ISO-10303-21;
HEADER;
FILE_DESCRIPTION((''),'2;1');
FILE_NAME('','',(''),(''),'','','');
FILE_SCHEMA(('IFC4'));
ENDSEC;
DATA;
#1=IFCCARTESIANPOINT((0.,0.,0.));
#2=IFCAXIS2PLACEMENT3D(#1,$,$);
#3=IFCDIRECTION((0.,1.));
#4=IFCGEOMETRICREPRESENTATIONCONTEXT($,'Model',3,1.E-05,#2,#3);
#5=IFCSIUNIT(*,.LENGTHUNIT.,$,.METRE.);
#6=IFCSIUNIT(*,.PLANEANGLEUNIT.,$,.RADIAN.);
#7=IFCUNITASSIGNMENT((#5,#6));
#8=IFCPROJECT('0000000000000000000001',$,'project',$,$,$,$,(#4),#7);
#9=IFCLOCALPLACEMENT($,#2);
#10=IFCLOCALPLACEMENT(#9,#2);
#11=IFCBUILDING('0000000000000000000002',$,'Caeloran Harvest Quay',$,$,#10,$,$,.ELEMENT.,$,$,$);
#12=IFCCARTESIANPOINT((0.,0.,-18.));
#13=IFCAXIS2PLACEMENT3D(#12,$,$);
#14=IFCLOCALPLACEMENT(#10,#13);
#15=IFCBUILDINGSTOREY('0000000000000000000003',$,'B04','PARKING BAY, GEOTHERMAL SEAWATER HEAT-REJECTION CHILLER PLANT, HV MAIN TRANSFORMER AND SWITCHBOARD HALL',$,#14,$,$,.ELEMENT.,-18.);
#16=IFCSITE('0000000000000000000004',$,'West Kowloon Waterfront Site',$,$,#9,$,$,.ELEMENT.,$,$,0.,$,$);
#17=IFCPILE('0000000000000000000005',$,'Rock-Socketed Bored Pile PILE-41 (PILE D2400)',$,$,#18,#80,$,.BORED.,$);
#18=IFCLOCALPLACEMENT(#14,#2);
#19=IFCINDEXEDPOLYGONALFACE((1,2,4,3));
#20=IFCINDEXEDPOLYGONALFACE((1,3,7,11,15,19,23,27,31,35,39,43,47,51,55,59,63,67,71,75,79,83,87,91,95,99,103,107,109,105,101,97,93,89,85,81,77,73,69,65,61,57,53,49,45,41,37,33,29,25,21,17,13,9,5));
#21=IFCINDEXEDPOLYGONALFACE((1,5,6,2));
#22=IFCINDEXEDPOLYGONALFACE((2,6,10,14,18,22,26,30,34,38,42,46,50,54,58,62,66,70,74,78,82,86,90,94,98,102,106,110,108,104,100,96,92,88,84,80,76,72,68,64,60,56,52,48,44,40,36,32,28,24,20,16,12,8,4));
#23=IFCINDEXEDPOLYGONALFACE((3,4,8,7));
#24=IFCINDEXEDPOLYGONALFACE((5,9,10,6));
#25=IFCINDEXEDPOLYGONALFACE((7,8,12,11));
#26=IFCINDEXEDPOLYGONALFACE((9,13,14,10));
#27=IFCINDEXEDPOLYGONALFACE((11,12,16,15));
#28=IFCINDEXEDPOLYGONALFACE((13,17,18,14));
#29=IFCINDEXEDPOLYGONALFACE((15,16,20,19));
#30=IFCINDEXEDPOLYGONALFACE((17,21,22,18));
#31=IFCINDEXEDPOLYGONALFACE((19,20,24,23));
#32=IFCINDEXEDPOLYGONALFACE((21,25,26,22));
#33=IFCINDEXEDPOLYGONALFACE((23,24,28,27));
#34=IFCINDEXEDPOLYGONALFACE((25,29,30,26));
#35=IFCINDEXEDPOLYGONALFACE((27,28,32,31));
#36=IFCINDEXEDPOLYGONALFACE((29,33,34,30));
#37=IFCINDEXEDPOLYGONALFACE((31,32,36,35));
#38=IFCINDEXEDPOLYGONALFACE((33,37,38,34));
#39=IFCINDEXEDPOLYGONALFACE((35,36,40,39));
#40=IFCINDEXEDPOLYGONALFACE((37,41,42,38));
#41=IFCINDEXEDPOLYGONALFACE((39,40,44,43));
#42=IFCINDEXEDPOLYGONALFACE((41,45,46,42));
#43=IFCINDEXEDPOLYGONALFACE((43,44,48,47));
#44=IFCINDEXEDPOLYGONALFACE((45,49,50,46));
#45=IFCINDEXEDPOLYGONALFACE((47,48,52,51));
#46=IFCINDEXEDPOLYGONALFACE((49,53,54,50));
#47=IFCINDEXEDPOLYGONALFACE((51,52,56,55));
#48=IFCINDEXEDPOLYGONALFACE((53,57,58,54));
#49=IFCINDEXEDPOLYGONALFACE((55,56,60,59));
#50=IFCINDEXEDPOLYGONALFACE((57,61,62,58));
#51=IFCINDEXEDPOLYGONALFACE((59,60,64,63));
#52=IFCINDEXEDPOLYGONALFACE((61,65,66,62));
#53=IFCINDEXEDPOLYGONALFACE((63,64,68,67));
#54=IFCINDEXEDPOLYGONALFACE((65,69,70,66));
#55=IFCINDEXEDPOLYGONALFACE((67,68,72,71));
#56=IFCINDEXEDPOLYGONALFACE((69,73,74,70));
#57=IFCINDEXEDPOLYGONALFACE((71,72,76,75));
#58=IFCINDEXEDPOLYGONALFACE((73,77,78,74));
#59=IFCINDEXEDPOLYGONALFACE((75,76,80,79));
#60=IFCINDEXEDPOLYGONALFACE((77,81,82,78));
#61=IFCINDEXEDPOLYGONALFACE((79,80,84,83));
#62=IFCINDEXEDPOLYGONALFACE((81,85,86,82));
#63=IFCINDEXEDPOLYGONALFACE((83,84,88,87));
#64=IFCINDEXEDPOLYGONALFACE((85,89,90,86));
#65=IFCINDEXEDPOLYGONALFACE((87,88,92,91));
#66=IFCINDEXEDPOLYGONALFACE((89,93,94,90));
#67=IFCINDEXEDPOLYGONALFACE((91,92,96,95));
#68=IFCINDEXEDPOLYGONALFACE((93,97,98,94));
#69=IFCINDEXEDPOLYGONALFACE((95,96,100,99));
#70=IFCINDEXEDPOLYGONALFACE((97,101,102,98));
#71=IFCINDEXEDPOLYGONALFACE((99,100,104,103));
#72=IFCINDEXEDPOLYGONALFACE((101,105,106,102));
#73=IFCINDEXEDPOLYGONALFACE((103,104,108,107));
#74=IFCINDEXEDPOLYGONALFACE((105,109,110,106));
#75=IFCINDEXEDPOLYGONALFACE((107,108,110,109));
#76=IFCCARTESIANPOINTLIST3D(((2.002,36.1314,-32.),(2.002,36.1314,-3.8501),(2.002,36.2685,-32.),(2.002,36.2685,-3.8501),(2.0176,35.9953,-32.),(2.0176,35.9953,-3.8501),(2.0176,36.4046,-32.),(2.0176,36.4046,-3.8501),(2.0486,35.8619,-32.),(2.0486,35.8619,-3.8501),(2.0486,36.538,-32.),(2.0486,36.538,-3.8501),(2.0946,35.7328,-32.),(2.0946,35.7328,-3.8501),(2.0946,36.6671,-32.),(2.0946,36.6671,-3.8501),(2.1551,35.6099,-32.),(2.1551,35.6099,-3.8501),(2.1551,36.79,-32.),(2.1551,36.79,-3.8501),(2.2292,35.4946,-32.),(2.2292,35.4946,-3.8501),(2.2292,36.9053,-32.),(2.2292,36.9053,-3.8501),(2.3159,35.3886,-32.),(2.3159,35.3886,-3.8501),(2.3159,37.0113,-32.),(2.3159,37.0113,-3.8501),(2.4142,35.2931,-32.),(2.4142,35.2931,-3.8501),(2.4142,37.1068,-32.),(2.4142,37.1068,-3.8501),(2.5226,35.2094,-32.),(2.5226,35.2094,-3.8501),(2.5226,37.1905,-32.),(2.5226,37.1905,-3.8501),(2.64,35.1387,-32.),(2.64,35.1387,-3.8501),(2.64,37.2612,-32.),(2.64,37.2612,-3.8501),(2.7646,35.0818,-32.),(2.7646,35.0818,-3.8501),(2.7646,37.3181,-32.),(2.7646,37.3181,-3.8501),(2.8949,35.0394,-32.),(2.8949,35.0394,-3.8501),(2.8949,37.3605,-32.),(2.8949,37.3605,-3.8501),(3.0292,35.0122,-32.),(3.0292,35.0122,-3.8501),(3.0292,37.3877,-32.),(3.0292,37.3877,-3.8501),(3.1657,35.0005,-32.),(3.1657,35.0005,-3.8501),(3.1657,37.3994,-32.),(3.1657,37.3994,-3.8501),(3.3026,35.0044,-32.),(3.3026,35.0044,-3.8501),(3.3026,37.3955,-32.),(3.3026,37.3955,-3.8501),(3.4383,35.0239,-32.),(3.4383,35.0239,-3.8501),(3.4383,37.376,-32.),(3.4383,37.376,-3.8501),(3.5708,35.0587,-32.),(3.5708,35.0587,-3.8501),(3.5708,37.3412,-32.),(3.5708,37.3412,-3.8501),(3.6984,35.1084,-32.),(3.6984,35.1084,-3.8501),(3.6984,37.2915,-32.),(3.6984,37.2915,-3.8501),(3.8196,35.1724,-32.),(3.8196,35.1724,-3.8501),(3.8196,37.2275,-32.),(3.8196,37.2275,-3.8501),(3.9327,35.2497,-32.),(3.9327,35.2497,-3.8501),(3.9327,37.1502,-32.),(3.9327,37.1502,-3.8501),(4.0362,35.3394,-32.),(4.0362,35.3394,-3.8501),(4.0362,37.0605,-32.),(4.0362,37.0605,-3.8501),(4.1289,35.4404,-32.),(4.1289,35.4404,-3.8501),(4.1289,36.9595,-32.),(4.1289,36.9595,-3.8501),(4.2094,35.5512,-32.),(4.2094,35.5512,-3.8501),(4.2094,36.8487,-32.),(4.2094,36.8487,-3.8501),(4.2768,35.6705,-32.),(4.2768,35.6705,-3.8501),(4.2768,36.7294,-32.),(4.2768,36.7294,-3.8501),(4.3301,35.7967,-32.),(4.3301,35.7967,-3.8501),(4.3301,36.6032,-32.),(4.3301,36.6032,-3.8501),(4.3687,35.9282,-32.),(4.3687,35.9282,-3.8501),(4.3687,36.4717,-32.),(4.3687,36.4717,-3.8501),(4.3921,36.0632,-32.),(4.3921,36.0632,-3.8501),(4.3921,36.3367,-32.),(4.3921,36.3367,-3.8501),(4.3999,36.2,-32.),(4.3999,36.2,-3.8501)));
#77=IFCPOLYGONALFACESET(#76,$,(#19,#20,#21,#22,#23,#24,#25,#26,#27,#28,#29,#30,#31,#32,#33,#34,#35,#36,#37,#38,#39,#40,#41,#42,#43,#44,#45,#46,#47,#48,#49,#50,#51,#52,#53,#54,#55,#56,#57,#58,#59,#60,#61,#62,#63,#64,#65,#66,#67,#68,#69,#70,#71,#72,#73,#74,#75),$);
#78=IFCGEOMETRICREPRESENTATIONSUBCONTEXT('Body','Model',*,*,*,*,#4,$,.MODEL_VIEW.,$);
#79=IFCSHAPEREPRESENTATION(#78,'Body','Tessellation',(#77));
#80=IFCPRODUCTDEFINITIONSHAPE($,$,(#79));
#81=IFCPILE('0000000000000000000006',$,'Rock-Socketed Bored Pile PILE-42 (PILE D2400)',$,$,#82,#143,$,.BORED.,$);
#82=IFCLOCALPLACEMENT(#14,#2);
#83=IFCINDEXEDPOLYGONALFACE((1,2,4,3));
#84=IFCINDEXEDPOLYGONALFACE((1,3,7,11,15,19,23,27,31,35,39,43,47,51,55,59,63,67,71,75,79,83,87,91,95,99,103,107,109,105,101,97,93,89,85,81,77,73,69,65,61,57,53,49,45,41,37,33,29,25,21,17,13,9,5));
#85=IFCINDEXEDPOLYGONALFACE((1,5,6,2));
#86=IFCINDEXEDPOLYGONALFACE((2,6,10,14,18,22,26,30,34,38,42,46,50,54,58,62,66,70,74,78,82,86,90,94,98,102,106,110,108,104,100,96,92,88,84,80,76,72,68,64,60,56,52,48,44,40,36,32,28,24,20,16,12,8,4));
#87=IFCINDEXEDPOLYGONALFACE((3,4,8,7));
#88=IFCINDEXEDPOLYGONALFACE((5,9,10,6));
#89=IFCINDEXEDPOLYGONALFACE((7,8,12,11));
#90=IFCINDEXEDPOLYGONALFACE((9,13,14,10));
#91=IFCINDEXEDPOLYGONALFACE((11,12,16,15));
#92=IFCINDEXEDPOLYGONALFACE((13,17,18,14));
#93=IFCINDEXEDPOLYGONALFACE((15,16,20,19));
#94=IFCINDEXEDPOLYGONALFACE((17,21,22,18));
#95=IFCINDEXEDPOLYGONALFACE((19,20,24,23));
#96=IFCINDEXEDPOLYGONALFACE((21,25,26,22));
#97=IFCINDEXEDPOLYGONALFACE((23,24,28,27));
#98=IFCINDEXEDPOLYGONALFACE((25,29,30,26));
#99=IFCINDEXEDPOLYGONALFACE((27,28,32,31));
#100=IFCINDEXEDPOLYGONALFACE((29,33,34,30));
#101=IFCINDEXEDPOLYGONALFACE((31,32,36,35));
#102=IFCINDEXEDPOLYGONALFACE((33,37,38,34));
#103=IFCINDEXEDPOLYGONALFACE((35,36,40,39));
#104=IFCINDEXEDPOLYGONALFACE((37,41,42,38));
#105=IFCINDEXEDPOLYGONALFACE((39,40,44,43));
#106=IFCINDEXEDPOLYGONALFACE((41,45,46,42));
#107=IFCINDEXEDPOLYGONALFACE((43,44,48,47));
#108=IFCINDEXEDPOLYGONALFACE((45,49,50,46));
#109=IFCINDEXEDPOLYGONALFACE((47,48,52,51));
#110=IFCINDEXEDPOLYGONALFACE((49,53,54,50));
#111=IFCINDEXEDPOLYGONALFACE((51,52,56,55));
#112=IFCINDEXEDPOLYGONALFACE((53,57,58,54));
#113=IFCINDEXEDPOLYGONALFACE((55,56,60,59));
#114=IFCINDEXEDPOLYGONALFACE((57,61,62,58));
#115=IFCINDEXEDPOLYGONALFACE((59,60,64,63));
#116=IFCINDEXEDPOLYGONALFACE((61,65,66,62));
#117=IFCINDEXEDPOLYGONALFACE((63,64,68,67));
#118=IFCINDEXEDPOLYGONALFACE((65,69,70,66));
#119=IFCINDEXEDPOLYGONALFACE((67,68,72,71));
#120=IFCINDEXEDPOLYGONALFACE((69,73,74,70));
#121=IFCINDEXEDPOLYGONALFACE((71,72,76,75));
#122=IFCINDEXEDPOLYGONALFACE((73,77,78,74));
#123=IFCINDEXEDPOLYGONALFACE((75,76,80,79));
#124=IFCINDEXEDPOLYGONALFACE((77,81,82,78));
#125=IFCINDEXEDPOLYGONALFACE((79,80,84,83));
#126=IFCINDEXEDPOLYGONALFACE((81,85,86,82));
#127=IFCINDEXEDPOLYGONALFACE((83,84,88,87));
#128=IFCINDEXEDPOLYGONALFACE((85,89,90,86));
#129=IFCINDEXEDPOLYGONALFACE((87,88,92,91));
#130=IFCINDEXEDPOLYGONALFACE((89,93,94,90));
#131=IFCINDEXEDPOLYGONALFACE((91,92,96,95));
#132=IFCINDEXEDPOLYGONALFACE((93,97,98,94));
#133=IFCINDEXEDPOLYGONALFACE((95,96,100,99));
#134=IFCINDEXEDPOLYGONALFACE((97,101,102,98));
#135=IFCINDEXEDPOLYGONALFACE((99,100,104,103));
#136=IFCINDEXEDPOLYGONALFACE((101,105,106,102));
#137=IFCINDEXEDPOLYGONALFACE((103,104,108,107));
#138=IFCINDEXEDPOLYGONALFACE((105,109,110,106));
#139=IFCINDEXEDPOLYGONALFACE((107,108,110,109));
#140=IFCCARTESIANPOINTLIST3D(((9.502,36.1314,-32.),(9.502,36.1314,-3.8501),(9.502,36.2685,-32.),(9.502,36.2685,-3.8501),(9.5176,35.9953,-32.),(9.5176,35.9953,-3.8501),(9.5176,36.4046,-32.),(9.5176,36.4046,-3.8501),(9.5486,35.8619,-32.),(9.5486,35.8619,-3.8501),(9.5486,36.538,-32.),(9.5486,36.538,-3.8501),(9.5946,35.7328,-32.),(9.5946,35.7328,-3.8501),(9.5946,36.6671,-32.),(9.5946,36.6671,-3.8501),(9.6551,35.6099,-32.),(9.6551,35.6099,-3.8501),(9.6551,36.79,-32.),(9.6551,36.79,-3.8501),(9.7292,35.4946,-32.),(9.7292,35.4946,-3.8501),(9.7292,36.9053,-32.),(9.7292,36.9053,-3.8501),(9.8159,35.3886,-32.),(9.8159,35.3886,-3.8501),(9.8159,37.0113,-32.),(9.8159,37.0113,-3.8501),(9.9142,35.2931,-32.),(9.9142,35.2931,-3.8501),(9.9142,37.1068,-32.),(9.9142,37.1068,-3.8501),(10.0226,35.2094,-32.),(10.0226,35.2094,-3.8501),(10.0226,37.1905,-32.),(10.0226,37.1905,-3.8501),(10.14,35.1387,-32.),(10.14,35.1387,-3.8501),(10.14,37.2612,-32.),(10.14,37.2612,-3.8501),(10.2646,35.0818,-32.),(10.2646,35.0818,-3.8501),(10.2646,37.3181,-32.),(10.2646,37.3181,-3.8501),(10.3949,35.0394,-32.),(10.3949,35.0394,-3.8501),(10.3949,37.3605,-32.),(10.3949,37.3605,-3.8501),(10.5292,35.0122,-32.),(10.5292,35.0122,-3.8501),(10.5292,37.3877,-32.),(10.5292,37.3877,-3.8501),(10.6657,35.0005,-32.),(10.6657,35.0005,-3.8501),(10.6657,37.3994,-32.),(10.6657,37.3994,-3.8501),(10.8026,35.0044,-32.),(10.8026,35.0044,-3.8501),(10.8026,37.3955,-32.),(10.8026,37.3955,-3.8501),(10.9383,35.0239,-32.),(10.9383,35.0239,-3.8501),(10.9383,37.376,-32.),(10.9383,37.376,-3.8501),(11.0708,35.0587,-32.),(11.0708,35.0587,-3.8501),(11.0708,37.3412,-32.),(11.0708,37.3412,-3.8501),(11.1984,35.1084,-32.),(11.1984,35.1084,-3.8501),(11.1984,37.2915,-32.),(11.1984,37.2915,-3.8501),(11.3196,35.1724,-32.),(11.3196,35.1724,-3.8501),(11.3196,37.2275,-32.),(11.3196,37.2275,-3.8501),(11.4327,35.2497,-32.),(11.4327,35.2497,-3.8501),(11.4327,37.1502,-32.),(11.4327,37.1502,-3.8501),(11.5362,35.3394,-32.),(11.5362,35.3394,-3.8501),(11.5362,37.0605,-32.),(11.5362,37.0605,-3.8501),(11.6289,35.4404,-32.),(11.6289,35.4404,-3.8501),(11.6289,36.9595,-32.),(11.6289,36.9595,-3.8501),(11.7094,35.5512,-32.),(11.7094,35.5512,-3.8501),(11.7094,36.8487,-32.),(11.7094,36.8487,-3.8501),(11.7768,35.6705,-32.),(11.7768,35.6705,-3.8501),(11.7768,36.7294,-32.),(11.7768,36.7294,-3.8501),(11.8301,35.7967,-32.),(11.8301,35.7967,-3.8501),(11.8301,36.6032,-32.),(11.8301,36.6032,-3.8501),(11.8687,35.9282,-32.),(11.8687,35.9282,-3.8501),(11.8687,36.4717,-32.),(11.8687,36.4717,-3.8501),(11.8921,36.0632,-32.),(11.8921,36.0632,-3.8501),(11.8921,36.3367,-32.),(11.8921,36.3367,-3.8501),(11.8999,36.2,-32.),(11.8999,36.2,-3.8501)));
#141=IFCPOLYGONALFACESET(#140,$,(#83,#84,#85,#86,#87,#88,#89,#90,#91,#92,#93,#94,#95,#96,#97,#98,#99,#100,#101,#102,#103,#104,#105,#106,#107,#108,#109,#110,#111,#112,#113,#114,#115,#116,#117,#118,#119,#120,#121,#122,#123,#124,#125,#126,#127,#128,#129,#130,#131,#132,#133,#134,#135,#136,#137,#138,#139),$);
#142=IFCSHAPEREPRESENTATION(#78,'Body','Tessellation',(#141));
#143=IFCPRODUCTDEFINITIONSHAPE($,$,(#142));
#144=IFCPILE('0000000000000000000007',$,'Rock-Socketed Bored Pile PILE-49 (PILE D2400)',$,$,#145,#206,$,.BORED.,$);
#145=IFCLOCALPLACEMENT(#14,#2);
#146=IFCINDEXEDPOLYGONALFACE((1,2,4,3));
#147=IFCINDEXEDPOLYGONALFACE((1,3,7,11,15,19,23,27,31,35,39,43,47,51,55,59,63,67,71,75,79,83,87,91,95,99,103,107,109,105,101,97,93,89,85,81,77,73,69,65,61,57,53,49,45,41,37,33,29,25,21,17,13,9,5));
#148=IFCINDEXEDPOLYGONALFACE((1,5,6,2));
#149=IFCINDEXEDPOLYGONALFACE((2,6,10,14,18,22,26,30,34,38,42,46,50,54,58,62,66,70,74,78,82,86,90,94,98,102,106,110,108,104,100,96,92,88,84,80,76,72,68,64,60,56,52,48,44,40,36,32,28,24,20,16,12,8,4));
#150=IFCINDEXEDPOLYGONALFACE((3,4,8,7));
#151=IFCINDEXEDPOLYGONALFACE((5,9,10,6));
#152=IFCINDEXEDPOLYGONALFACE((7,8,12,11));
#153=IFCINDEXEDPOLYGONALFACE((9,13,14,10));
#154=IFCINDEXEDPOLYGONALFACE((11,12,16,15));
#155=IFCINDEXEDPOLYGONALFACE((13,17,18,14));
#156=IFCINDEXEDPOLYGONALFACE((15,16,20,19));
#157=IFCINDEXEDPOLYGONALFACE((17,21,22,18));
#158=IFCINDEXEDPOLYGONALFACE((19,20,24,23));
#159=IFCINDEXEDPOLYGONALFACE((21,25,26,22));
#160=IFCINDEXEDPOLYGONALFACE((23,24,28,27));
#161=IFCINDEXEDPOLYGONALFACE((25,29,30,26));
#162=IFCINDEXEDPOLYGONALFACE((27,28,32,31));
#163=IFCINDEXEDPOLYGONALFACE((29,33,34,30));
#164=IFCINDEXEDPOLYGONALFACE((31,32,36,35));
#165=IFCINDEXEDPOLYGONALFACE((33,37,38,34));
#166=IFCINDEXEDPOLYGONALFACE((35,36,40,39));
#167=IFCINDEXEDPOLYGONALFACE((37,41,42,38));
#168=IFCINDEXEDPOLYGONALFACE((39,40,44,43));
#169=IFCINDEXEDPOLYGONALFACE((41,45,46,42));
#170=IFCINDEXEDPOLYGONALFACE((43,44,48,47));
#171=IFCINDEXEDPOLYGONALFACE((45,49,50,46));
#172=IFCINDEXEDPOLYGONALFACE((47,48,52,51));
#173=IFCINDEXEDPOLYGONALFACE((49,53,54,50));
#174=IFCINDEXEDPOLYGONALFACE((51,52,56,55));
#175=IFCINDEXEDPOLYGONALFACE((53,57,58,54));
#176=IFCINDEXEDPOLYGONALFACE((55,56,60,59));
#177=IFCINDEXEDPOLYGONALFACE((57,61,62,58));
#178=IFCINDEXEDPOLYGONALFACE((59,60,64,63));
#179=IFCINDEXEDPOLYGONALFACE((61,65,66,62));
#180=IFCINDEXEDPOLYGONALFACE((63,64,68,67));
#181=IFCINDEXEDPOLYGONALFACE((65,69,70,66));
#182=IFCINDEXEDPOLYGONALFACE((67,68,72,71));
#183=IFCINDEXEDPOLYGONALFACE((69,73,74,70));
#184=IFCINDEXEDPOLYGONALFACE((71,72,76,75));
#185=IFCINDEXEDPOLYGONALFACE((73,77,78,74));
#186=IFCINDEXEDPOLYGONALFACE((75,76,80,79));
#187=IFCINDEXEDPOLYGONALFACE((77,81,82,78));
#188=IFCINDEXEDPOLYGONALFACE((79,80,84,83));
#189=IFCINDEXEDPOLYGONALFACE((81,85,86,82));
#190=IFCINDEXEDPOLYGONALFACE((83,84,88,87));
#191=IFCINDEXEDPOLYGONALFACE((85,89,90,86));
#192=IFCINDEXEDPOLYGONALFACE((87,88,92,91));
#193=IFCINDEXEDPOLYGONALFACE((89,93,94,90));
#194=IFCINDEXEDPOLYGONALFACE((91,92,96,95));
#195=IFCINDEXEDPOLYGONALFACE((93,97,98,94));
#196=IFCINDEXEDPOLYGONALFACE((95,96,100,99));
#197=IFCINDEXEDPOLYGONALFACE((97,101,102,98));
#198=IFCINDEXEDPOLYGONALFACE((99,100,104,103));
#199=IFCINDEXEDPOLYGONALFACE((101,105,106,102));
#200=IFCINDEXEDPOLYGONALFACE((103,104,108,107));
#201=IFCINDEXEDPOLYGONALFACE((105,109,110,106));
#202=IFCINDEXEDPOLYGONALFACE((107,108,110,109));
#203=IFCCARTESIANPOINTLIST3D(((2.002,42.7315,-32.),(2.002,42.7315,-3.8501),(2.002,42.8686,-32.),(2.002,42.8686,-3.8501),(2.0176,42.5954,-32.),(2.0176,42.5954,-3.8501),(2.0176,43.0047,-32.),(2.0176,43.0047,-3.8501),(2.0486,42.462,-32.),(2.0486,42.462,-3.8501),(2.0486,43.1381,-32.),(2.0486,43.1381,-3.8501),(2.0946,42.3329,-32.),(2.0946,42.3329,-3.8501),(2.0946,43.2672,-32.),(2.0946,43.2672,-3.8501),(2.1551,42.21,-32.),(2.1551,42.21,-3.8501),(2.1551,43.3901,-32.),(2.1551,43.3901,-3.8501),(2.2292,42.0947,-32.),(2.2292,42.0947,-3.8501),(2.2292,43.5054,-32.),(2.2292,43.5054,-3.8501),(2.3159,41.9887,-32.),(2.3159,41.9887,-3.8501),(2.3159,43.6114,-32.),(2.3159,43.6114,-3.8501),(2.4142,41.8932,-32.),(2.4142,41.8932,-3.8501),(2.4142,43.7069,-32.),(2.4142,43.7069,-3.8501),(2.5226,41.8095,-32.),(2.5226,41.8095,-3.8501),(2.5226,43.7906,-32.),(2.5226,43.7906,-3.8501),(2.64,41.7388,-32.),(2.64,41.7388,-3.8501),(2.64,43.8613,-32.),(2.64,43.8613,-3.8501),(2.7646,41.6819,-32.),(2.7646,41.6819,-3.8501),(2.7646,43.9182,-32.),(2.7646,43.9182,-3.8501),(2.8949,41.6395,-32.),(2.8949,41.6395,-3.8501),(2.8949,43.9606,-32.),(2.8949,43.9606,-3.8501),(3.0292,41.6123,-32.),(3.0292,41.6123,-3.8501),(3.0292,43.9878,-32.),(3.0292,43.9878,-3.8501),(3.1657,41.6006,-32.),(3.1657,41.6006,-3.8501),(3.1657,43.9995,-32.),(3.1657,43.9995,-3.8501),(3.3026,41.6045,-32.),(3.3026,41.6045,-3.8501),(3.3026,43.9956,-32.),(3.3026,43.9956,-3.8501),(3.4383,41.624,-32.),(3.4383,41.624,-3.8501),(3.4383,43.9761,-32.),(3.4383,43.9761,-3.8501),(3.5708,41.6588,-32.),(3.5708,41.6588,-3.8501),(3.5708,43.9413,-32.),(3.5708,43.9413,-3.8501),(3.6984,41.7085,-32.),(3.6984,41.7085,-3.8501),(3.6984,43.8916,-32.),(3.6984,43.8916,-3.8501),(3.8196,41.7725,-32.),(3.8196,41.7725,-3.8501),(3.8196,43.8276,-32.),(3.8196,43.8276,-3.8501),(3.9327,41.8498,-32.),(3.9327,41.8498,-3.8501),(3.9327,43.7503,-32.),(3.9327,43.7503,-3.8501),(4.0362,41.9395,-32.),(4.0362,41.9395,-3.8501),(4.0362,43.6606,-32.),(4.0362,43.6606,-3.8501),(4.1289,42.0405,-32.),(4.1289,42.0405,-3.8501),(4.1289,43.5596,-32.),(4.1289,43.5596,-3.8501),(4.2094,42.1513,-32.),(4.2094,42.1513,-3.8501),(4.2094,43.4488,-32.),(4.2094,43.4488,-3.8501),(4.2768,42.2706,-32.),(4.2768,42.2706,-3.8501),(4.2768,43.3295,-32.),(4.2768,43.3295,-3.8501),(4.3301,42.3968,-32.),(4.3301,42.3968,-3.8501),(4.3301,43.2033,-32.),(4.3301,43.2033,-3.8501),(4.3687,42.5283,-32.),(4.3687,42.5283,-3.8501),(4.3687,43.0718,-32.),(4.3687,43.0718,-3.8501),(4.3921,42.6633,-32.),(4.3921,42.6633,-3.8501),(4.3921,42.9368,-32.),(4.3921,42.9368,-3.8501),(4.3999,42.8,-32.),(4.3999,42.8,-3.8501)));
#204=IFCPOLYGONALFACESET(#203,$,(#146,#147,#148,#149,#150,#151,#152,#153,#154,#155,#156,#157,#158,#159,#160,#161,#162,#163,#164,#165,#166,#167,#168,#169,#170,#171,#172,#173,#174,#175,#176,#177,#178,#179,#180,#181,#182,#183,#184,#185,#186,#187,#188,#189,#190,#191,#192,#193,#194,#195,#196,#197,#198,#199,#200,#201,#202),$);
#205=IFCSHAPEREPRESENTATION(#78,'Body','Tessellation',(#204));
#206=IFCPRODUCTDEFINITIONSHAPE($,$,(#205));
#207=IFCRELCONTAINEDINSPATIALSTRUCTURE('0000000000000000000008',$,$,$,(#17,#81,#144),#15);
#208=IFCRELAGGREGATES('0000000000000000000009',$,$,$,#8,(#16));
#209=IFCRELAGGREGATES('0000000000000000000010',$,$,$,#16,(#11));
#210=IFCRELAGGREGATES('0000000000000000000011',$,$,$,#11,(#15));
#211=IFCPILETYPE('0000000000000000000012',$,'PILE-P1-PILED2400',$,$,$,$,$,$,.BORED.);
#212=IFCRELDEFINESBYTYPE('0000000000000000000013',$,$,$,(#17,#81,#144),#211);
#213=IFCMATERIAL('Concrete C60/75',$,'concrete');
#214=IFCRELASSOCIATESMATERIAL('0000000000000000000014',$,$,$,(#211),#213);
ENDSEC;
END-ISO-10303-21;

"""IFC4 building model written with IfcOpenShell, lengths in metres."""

from ifc_helpers import new_model, si_unit, direction, frame, origin, origin_2d, place, context, subcontext, project, spatial, circle, extrude, material, material_profile, profile_set, type_object, element, save


model = new_model("IFC4")

# Units and contexts
model_context = context("Model", 3, precision=1e-05, world=origin(), true_north=direction((0.0, 1.0)))
body_context = subcontext(model_context, "Body", "Model", "MODEL_VIEW")
ifc_project = project(units=[si_unit("LENGTHUNIT", "METRE"), si_unit("PLANEANGLEUNIT", "RADIAN")], contexts=[model_context])

# Site, building, storey
site_placement = place(None, origin())
site = spatial("IfcSite", under=ifc_project, at=site_placement, Name="West Kowloon Waterfront Site", CompositionType="ELEMENT", RefElevation=0.0)
building_placement = place(site_placement, origin())
building = spatial("IfcBuilding", under=site, at=building_placement, Name="Caeloran Harvest Quay", CompositionType="ELEMENT")
storey_placement = place(building_placement, frame((0.0, 0.0, -18.0)))
storey = spatial("IfcBuildingStorey", under=building, at=storey_placement, Name="B04", Description="PARKING BAY, GEOTHERMAL SEAWATER HEAT-REJECTION CHILLER PLANT, HV MAIN TRANSFORMER AND SWITCHBOARD HALL", CompositionType="ELEMENT", Elevation=-18.0)

# Piles
ifc_material_1 = material(Name="Concrete C60/75", Category="concrete")
ifc_material_profile = material_profile(ifc_material_1, circle(Radius=1.2, at=origin_2d()), Name="PILE D2400")
ifc_profile_set = profile_set([ifc_material_profile], Name="Concrete C60/75")
pile_type = type_object("IfcPileType", Name="PILE-P1-PILED2400", PredefinedType="BORED", material=ifc_profile_set)
for number, where, z_axis, x_axis, name in (
    (1, (3.2, 36.2, -3.8501), (0.0, 0.0, -1.0), (1.0, 0.0, 0.0), "Rock-Socketed Bored Pile PILE-41 (PILE D2400)"),
    (2, (10.7, 36.2, -3.8501), (0.0, 0.0, -1.0), (1.0, 0.0, 0.0), "Rock-Socketed Bored Pile PILE-42 (PILE D2400)"),
    (3, (3.2, 42.8, -3.8501), (0.0, 0.0, -1.0), (1.0, 0.0, 0.0), "Rock-Socketed Bored Pile PILE-49 (PILE D2400)"),
):
    element("IfcPile", number, at=place(storey_placement, frame(where, z_axis=z_axis, x_axis=x_axis)), inside=storey, type_object=pile_type, Name=name, PredefinedType="BORED", context=body_context, shape_type="SweptSolid", body=[
        extrude(circle(Radius=1.2, at=origin_2d()), origin(), (0.0, 0.0, 1.0), 28.1499),
    ])

save(model, "model.ifc")
